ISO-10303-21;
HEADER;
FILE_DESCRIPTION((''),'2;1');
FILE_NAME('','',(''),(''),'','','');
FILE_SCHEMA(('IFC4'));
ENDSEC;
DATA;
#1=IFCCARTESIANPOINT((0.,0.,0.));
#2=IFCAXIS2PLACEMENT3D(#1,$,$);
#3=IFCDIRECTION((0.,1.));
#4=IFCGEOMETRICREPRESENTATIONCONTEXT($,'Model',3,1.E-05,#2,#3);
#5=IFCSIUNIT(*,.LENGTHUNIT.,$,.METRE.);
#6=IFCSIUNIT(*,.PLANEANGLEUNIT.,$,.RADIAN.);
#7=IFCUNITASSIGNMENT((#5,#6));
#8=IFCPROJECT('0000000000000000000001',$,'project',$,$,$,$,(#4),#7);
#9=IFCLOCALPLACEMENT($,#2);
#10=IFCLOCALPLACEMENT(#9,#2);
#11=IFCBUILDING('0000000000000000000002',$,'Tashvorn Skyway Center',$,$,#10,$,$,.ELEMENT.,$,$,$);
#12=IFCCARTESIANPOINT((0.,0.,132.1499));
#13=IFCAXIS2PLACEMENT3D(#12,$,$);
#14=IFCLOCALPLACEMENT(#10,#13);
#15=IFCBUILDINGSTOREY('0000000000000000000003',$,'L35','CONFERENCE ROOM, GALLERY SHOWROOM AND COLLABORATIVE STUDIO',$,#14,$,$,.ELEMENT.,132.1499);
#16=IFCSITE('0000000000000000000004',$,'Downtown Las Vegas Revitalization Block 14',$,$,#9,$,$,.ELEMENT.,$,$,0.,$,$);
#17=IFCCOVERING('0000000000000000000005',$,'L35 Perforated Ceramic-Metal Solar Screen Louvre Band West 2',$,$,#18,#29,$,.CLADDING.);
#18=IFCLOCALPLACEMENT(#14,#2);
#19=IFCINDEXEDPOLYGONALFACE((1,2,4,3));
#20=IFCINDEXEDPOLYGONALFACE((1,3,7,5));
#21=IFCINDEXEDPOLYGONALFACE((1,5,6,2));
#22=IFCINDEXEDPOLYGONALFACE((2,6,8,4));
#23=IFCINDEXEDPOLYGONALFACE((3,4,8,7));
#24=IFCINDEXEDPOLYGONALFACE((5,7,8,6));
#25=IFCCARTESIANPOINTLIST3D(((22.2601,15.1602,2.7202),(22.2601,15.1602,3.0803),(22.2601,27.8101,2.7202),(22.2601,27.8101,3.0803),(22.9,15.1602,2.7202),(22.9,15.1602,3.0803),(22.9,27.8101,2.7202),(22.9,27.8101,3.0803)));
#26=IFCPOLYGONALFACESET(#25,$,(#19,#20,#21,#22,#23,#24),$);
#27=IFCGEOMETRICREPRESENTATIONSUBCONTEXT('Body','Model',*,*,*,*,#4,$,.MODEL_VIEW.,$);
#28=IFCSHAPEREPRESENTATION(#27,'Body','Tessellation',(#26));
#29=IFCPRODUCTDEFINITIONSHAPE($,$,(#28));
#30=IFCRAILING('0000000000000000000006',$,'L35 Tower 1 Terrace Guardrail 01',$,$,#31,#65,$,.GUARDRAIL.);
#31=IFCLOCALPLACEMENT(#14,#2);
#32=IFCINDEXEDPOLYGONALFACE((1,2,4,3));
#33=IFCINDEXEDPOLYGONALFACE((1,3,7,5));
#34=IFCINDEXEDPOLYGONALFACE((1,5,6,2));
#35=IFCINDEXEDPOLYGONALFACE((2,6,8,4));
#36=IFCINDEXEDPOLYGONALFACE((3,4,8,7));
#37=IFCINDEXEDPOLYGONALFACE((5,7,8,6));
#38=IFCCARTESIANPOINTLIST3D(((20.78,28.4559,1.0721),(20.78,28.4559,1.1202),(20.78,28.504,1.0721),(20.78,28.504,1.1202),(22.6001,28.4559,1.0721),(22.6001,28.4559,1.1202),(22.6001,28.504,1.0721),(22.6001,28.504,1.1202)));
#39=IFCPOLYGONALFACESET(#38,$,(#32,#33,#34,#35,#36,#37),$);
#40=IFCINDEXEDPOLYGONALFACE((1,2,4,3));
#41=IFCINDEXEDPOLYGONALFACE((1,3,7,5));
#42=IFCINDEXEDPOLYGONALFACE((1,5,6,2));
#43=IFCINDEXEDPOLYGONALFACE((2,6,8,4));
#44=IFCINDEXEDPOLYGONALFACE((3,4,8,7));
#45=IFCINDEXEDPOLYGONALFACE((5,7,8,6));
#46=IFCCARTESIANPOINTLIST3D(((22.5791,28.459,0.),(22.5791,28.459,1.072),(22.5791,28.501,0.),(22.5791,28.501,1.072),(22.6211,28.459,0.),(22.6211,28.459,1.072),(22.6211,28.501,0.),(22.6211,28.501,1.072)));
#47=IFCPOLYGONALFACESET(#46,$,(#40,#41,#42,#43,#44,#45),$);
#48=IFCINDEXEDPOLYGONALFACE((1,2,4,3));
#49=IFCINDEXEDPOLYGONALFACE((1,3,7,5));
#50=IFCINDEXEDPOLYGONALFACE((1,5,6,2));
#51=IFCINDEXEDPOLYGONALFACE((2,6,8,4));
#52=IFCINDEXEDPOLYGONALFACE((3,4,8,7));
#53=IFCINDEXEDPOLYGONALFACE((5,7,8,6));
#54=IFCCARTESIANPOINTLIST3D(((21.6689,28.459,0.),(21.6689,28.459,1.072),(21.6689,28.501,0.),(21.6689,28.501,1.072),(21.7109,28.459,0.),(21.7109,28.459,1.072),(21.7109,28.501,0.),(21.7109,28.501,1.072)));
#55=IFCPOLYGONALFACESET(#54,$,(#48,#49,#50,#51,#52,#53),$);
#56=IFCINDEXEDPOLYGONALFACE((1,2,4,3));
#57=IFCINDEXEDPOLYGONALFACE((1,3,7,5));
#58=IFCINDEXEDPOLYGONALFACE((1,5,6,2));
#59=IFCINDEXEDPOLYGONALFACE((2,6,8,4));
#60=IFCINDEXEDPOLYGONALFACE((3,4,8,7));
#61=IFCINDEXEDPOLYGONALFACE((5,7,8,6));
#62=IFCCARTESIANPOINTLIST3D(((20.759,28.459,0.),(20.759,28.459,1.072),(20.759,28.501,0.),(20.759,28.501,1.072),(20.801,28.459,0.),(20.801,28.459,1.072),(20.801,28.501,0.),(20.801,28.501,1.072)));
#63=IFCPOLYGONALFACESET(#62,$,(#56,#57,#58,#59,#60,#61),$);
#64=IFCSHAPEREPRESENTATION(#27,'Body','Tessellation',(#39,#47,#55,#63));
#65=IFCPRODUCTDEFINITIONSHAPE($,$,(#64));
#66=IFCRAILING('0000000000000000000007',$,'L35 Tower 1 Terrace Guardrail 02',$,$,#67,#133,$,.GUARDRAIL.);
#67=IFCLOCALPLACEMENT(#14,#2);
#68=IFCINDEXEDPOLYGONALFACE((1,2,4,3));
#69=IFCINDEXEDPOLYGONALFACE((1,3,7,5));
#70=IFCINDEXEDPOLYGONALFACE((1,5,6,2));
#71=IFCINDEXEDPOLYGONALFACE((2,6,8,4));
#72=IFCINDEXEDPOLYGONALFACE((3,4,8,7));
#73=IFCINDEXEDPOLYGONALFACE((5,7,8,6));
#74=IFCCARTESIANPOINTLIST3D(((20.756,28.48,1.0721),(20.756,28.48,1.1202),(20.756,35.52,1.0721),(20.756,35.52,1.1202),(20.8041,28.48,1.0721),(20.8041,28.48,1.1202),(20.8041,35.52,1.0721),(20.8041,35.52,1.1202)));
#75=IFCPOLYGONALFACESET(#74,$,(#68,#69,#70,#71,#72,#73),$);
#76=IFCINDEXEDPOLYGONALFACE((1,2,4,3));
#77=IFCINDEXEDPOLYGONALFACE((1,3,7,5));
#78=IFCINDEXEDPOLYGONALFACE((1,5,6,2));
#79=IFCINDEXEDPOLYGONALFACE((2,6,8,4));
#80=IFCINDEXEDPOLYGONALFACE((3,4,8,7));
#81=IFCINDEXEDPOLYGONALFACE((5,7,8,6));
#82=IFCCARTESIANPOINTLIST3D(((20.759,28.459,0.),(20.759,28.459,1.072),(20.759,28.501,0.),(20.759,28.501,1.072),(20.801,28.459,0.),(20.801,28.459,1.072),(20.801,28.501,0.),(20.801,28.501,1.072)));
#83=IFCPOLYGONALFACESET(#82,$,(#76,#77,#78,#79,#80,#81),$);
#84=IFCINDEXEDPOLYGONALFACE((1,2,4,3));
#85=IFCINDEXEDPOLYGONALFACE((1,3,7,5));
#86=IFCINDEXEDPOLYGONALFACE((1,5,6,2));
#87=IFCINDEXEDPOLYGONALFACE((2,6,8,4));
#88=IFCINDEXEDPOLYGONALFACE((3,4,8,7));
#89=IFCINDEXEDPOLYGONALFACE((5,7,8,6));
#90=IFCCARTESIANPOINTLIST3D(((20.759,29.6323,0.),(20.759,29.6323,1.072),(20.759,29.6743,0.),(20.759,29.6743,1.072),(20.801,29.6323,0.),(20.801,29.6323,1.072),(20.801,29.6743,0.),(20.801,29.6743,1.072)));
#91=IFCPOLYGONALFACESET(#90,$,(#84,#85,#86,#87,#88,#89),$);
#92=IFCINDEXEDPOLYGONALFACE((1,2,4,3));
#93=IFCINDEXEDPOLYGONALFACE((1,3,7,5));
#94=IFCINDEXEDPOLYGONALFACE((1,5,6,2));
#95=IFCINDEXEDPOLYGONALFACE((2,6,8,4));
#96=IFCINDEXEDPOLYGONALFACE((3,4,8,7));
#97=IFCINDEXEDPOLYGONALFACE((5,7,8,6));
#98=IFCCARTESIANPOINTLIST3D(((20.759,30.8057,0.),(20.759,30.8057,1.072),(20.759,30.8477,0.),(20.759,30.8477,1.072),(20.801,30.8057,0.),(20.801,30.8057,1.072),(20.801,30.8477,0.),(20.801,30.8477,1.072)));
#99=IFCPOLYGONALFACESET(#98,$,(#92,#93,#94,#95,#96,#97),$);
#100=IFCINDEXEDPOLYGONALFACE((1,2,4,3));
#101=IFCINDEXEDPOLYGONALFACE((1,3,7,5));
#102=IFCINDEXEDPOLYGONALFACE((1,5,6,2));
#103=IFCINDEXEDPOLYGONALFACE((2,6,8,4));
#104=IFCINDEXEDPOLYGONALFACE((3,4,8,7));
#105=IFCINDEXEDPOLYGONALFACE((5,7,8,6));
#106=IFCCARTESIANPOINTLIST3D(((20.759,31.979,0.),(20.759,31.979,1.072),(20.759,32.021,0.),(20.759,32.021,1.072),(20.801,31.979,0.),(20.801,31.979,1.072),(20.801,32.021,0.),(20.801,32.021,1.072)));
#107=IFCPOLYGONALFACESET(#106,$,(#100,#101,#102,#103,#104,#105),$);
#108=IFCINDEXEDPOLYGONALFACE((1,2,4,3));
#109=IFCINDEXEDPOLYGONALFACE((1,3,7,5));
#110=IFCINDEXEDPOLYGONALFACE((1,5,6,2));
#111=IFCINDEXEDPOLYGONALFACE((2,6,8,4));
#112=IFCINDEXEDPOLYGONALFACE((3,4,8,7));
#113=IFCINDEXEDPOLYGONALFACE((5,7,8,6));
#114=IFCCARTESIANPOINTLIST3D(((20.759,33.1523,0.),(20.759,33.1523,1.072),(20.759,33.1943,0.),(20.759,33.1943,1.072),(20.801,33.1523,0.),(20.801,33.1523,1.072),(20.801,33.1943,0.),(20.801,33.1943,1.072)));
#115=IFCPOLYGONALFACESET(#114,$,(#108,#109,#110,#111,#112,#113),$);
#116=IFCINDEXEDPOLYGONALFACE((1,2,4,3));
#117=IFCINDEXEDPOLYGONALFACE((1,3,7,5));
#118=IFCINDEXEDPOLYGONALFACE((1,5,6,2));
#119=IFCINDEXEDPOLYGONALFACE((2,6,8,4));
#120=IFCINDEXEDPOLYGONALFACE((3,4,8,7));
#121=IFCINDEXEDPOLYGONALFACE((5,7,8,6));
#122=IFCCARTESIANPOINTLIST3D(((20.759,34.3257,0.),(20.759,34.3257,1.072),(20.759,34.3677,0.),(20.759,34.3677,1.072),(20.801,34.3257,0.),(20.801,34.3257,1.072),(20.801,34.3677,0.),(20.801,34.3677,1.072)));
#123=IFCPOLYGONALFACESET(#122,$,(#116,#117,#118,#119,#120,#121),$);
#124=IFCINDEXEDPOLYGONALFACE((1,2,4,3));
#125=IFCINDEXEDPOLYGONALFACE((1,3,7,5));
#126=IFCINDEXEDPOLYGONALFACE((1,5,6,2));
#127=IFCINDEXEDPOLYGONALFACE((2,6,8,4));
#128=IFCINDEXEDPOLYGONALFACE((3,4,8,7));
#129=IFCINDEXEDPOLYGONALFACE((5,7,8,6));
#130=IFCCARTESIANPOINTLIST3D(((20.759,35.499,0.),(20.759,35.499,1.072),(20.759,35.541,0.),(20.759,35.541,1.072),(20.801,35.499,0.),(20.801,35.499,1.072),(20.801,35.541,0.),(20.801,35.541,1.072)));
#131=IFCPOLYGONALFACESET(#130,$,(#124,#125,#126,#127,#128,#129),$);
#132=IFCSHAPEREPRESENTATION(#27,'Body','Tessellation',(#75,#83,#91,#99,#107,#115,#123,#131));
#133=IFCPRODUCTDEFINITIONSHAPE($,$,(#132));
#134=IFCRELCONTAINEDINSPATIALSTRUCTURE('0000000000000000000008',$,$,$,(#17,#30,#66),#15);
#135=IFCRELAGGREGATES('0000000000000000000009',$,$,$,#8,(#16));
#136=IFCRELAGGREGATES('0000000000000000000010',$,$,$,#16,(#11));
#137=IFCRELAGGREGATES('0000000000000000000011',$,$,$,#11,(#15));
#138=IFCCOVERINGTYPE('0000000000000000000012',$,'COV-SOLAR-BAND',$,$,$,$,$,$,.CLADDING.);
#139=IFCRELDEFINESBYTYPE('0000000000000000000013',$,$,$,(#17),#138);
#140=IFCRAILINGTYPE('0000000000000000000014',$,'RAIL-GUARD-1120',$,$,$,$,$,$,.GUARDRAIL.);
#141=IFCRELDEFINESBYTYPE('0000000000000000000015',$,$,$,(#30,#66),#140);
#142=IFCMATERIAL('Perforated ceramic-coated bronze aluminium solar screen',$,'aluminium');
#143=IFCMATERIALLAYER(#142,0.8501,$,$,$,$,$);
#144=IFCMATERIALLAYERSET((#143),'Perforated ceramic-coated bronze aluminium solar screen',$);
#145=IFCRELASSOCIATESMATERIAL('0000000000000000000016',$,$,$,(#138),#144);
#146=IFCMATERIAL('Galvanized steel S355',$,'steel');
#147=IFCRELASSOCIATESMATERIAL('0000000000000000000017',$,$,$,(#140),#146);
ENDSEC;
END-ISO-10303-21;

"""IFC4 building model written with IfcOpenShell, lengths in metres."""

from ifc_helpers import new_model, si_unit, direction, frame, origin, origin_2d, place, context, subcontext, project, spatial, rectangle, extrude, material, layer, layer_set, type_object, element, save


model = new_model("IFC4")

# Units and contexts
model_context = context("Model", 3, precision=1e-05, world=origin(), true_north=direction((0.0, 1.0)))
body_context = subcontext(model_context, "Body", "Model", "MODEL_VIEW")
ifc_project = project(units=[si_unit("LENGTHUNIT", "METRE"), si_unit("PLANEANGLEUNIT", "RADIAN")], contexts=[model_context])

# Site, building, storey
site_placement = place(None, origin())
site = spatial("IfcSite", under=ifc_project, at=site_placement, Name="Downtown Las Vegas Revitalization Block 14", CompositionType="ELEMENT", RefElevation=0.0)
building_placement = place(site_placement, origin())
building = spatial("IfcBuilding", under=site, at=building_placement, Name="Tashvorn Skyway Center", CompositionType="ELEMENT")
storey_placement = place(building_placement, frame((0.0, 0.0, 132.1499)))
storey = spatial("IfcBuildingStorey", under=building, at=storey_placement, Name="L35", Description="CONFERENCE ROOM, GALLERY SHOWROOM AND COLLABORATIVE STUDIO", CompositionType="ELEMENT", Elevation=132.1499)

# Covering
ifc_material_1 = material(Name="Perforated ceramic-coated bronze aluminium solar screen", Category="aluminium")
ifc_layer_1 = layer(ifc_material_1, 0.8501)
ifc_layer_set_1 = layer_set([ifc_layer_1], Name="Perforated ceramic-coated bronze aluminium solar screen")
covering_type_1 = type_object("IfcCoveringType", Name="COV-SOLAR-BAND", PredefinedType="CLADDING", material=ifc_layer_set_1)
for number, where, z_axis, x_axis, name in (
    (1, (22.5801, 21.4851, 2.7202), (0.0, 0.0, 1.0), (0.0, 1.0, 0.0), "L35 Perforated Ceramic-Metal Solar Screen Louvre Band West 2"),
):
    element("IfcCovering", number, at=place(storey_placement, frame(where, z_axis=z_axis, x_axis=x_axis)), inside=storey, type_object=covering_type_1, Name=name, PredefinedType="CLADDING", context=body_context, shape_type="SweptSolid", body=[
        extrude(rectangle(XDim=12.6499, YDim=0.6399, at=origin_2d()), origin(), (0.0, 0.0, 1.0), 0.3601),
    ])

# Railings
ifc_material_2 = material(Name="Galvanized steel S355", Category="steel")
railing_type = type_object("IfcRailingType", Name="RAIL-GUARD-1120", PredefinedType="GUARDRAIL", material=ifc_material_2)
railing_1_placement = place(storey_placement, frame((22.6001, 28.48, 0.0)))
element("IfcRailing", 2, at=railing_1_placement, inside=storey, type_object=railing_type, Name="L35 Tower 1 Terrace Guardrail 01", PredefinedType="GUARDRAIL", context=body_context, shape_type="SweptSolid", body=[
    extrude(rectangle(XDim=0.0481, YDim=0.0481, at=origin_2d()), frame((0.0, 0.0, 1.0962), z_axis=(-1.0, 0.0, 0.0), x_axis=(0.0, -1.0, 0.0)), (0.0, 0.0, 1.0), 1.8201),
    extrude(rectangle(XDim=0.042, YDim=0.042, at=origin_2d()), origin(), (0.0, 0.0, 1.0), 1.072),
    extrude(rectangle(XDim=0.042, YDim=0.042, at=origin_2d()), frame((-0.9102, 0.0, 0.0)), (0.0, 0.0, 1.0), 1.072),
    extrude(rectangle(XDim=0.042, YDim=0.042, at=origin_2d()), frame((-1.8201, 0.0, 0.0)), (0.0, 0.0, 1.0), 1.072),
])
railing_2_placement = place(storey_placement, frame((20.78, 28.48, 0.0)))
element("IfcRailing", 3, at=railing_2_placement, inside=storey, type_object=railing_type, Name="L35 Tower 1 Terrace Guardrail 02", PredefinedType="GUARDRAIL", context=body_context, shape_type="SweptSolid", body=[
    extrude(rectangle(XDim=0.0481, YDim=0.0481, at=origin_2d()), frame((0.0, 0.0, 1.0962), z_axis=(0.0, 1.0, 0.0), x_axis=(-1.0, 0.0, 0.0)), (0.0, 0.0, 1.0), 7.04),
    extrude(rectangle(XDim=0.042, YDim=0.042, at=origin_2d()), origin(), (0.0, 0.0, 1.0), 1.072),
    extrude(rectangle(XDim=0.042, YDim=0.042, at=origin_2d()), frame((0.0, 1.1733, 0.0)), (0.0, 0.0, 1.0), 1.072),
    extrude(rectangle(XDim=0.042, YDim=0.042, at=origin_2d()), frame((0.0, 2.3467, 0.0)), (0.0, 0.0, 1.0), 1.072),
    extrude(rectangle(XDim=0.042, YDim=0.042, at=origin_2d()), frame((0.0, 3.52, 0.0)), (0.0, 0.0, 1.0), 1.072),
    extrude(rectangle(XDim=0.042, YDim=0.042, at=origin_2d()), frame((0.0, 4.6934, 0.0)), (0.0, 0.0, 1.0), 1.072),
    extrude(rectangle(XDim=0.042, YDim=0.042, at=origin_2d()), frame((0.0, 5.8667, 0.0)), (0.0, 0.0, 1.0), 1.072),
    extrude(rectangle(XDim=0.042, YDim=0.042, at=origin_2d()), frame((0.0, 7.04, 0.0)), (0.0, 0.0, 1.0), 1.072),
])

save(model, "model.ifc")
